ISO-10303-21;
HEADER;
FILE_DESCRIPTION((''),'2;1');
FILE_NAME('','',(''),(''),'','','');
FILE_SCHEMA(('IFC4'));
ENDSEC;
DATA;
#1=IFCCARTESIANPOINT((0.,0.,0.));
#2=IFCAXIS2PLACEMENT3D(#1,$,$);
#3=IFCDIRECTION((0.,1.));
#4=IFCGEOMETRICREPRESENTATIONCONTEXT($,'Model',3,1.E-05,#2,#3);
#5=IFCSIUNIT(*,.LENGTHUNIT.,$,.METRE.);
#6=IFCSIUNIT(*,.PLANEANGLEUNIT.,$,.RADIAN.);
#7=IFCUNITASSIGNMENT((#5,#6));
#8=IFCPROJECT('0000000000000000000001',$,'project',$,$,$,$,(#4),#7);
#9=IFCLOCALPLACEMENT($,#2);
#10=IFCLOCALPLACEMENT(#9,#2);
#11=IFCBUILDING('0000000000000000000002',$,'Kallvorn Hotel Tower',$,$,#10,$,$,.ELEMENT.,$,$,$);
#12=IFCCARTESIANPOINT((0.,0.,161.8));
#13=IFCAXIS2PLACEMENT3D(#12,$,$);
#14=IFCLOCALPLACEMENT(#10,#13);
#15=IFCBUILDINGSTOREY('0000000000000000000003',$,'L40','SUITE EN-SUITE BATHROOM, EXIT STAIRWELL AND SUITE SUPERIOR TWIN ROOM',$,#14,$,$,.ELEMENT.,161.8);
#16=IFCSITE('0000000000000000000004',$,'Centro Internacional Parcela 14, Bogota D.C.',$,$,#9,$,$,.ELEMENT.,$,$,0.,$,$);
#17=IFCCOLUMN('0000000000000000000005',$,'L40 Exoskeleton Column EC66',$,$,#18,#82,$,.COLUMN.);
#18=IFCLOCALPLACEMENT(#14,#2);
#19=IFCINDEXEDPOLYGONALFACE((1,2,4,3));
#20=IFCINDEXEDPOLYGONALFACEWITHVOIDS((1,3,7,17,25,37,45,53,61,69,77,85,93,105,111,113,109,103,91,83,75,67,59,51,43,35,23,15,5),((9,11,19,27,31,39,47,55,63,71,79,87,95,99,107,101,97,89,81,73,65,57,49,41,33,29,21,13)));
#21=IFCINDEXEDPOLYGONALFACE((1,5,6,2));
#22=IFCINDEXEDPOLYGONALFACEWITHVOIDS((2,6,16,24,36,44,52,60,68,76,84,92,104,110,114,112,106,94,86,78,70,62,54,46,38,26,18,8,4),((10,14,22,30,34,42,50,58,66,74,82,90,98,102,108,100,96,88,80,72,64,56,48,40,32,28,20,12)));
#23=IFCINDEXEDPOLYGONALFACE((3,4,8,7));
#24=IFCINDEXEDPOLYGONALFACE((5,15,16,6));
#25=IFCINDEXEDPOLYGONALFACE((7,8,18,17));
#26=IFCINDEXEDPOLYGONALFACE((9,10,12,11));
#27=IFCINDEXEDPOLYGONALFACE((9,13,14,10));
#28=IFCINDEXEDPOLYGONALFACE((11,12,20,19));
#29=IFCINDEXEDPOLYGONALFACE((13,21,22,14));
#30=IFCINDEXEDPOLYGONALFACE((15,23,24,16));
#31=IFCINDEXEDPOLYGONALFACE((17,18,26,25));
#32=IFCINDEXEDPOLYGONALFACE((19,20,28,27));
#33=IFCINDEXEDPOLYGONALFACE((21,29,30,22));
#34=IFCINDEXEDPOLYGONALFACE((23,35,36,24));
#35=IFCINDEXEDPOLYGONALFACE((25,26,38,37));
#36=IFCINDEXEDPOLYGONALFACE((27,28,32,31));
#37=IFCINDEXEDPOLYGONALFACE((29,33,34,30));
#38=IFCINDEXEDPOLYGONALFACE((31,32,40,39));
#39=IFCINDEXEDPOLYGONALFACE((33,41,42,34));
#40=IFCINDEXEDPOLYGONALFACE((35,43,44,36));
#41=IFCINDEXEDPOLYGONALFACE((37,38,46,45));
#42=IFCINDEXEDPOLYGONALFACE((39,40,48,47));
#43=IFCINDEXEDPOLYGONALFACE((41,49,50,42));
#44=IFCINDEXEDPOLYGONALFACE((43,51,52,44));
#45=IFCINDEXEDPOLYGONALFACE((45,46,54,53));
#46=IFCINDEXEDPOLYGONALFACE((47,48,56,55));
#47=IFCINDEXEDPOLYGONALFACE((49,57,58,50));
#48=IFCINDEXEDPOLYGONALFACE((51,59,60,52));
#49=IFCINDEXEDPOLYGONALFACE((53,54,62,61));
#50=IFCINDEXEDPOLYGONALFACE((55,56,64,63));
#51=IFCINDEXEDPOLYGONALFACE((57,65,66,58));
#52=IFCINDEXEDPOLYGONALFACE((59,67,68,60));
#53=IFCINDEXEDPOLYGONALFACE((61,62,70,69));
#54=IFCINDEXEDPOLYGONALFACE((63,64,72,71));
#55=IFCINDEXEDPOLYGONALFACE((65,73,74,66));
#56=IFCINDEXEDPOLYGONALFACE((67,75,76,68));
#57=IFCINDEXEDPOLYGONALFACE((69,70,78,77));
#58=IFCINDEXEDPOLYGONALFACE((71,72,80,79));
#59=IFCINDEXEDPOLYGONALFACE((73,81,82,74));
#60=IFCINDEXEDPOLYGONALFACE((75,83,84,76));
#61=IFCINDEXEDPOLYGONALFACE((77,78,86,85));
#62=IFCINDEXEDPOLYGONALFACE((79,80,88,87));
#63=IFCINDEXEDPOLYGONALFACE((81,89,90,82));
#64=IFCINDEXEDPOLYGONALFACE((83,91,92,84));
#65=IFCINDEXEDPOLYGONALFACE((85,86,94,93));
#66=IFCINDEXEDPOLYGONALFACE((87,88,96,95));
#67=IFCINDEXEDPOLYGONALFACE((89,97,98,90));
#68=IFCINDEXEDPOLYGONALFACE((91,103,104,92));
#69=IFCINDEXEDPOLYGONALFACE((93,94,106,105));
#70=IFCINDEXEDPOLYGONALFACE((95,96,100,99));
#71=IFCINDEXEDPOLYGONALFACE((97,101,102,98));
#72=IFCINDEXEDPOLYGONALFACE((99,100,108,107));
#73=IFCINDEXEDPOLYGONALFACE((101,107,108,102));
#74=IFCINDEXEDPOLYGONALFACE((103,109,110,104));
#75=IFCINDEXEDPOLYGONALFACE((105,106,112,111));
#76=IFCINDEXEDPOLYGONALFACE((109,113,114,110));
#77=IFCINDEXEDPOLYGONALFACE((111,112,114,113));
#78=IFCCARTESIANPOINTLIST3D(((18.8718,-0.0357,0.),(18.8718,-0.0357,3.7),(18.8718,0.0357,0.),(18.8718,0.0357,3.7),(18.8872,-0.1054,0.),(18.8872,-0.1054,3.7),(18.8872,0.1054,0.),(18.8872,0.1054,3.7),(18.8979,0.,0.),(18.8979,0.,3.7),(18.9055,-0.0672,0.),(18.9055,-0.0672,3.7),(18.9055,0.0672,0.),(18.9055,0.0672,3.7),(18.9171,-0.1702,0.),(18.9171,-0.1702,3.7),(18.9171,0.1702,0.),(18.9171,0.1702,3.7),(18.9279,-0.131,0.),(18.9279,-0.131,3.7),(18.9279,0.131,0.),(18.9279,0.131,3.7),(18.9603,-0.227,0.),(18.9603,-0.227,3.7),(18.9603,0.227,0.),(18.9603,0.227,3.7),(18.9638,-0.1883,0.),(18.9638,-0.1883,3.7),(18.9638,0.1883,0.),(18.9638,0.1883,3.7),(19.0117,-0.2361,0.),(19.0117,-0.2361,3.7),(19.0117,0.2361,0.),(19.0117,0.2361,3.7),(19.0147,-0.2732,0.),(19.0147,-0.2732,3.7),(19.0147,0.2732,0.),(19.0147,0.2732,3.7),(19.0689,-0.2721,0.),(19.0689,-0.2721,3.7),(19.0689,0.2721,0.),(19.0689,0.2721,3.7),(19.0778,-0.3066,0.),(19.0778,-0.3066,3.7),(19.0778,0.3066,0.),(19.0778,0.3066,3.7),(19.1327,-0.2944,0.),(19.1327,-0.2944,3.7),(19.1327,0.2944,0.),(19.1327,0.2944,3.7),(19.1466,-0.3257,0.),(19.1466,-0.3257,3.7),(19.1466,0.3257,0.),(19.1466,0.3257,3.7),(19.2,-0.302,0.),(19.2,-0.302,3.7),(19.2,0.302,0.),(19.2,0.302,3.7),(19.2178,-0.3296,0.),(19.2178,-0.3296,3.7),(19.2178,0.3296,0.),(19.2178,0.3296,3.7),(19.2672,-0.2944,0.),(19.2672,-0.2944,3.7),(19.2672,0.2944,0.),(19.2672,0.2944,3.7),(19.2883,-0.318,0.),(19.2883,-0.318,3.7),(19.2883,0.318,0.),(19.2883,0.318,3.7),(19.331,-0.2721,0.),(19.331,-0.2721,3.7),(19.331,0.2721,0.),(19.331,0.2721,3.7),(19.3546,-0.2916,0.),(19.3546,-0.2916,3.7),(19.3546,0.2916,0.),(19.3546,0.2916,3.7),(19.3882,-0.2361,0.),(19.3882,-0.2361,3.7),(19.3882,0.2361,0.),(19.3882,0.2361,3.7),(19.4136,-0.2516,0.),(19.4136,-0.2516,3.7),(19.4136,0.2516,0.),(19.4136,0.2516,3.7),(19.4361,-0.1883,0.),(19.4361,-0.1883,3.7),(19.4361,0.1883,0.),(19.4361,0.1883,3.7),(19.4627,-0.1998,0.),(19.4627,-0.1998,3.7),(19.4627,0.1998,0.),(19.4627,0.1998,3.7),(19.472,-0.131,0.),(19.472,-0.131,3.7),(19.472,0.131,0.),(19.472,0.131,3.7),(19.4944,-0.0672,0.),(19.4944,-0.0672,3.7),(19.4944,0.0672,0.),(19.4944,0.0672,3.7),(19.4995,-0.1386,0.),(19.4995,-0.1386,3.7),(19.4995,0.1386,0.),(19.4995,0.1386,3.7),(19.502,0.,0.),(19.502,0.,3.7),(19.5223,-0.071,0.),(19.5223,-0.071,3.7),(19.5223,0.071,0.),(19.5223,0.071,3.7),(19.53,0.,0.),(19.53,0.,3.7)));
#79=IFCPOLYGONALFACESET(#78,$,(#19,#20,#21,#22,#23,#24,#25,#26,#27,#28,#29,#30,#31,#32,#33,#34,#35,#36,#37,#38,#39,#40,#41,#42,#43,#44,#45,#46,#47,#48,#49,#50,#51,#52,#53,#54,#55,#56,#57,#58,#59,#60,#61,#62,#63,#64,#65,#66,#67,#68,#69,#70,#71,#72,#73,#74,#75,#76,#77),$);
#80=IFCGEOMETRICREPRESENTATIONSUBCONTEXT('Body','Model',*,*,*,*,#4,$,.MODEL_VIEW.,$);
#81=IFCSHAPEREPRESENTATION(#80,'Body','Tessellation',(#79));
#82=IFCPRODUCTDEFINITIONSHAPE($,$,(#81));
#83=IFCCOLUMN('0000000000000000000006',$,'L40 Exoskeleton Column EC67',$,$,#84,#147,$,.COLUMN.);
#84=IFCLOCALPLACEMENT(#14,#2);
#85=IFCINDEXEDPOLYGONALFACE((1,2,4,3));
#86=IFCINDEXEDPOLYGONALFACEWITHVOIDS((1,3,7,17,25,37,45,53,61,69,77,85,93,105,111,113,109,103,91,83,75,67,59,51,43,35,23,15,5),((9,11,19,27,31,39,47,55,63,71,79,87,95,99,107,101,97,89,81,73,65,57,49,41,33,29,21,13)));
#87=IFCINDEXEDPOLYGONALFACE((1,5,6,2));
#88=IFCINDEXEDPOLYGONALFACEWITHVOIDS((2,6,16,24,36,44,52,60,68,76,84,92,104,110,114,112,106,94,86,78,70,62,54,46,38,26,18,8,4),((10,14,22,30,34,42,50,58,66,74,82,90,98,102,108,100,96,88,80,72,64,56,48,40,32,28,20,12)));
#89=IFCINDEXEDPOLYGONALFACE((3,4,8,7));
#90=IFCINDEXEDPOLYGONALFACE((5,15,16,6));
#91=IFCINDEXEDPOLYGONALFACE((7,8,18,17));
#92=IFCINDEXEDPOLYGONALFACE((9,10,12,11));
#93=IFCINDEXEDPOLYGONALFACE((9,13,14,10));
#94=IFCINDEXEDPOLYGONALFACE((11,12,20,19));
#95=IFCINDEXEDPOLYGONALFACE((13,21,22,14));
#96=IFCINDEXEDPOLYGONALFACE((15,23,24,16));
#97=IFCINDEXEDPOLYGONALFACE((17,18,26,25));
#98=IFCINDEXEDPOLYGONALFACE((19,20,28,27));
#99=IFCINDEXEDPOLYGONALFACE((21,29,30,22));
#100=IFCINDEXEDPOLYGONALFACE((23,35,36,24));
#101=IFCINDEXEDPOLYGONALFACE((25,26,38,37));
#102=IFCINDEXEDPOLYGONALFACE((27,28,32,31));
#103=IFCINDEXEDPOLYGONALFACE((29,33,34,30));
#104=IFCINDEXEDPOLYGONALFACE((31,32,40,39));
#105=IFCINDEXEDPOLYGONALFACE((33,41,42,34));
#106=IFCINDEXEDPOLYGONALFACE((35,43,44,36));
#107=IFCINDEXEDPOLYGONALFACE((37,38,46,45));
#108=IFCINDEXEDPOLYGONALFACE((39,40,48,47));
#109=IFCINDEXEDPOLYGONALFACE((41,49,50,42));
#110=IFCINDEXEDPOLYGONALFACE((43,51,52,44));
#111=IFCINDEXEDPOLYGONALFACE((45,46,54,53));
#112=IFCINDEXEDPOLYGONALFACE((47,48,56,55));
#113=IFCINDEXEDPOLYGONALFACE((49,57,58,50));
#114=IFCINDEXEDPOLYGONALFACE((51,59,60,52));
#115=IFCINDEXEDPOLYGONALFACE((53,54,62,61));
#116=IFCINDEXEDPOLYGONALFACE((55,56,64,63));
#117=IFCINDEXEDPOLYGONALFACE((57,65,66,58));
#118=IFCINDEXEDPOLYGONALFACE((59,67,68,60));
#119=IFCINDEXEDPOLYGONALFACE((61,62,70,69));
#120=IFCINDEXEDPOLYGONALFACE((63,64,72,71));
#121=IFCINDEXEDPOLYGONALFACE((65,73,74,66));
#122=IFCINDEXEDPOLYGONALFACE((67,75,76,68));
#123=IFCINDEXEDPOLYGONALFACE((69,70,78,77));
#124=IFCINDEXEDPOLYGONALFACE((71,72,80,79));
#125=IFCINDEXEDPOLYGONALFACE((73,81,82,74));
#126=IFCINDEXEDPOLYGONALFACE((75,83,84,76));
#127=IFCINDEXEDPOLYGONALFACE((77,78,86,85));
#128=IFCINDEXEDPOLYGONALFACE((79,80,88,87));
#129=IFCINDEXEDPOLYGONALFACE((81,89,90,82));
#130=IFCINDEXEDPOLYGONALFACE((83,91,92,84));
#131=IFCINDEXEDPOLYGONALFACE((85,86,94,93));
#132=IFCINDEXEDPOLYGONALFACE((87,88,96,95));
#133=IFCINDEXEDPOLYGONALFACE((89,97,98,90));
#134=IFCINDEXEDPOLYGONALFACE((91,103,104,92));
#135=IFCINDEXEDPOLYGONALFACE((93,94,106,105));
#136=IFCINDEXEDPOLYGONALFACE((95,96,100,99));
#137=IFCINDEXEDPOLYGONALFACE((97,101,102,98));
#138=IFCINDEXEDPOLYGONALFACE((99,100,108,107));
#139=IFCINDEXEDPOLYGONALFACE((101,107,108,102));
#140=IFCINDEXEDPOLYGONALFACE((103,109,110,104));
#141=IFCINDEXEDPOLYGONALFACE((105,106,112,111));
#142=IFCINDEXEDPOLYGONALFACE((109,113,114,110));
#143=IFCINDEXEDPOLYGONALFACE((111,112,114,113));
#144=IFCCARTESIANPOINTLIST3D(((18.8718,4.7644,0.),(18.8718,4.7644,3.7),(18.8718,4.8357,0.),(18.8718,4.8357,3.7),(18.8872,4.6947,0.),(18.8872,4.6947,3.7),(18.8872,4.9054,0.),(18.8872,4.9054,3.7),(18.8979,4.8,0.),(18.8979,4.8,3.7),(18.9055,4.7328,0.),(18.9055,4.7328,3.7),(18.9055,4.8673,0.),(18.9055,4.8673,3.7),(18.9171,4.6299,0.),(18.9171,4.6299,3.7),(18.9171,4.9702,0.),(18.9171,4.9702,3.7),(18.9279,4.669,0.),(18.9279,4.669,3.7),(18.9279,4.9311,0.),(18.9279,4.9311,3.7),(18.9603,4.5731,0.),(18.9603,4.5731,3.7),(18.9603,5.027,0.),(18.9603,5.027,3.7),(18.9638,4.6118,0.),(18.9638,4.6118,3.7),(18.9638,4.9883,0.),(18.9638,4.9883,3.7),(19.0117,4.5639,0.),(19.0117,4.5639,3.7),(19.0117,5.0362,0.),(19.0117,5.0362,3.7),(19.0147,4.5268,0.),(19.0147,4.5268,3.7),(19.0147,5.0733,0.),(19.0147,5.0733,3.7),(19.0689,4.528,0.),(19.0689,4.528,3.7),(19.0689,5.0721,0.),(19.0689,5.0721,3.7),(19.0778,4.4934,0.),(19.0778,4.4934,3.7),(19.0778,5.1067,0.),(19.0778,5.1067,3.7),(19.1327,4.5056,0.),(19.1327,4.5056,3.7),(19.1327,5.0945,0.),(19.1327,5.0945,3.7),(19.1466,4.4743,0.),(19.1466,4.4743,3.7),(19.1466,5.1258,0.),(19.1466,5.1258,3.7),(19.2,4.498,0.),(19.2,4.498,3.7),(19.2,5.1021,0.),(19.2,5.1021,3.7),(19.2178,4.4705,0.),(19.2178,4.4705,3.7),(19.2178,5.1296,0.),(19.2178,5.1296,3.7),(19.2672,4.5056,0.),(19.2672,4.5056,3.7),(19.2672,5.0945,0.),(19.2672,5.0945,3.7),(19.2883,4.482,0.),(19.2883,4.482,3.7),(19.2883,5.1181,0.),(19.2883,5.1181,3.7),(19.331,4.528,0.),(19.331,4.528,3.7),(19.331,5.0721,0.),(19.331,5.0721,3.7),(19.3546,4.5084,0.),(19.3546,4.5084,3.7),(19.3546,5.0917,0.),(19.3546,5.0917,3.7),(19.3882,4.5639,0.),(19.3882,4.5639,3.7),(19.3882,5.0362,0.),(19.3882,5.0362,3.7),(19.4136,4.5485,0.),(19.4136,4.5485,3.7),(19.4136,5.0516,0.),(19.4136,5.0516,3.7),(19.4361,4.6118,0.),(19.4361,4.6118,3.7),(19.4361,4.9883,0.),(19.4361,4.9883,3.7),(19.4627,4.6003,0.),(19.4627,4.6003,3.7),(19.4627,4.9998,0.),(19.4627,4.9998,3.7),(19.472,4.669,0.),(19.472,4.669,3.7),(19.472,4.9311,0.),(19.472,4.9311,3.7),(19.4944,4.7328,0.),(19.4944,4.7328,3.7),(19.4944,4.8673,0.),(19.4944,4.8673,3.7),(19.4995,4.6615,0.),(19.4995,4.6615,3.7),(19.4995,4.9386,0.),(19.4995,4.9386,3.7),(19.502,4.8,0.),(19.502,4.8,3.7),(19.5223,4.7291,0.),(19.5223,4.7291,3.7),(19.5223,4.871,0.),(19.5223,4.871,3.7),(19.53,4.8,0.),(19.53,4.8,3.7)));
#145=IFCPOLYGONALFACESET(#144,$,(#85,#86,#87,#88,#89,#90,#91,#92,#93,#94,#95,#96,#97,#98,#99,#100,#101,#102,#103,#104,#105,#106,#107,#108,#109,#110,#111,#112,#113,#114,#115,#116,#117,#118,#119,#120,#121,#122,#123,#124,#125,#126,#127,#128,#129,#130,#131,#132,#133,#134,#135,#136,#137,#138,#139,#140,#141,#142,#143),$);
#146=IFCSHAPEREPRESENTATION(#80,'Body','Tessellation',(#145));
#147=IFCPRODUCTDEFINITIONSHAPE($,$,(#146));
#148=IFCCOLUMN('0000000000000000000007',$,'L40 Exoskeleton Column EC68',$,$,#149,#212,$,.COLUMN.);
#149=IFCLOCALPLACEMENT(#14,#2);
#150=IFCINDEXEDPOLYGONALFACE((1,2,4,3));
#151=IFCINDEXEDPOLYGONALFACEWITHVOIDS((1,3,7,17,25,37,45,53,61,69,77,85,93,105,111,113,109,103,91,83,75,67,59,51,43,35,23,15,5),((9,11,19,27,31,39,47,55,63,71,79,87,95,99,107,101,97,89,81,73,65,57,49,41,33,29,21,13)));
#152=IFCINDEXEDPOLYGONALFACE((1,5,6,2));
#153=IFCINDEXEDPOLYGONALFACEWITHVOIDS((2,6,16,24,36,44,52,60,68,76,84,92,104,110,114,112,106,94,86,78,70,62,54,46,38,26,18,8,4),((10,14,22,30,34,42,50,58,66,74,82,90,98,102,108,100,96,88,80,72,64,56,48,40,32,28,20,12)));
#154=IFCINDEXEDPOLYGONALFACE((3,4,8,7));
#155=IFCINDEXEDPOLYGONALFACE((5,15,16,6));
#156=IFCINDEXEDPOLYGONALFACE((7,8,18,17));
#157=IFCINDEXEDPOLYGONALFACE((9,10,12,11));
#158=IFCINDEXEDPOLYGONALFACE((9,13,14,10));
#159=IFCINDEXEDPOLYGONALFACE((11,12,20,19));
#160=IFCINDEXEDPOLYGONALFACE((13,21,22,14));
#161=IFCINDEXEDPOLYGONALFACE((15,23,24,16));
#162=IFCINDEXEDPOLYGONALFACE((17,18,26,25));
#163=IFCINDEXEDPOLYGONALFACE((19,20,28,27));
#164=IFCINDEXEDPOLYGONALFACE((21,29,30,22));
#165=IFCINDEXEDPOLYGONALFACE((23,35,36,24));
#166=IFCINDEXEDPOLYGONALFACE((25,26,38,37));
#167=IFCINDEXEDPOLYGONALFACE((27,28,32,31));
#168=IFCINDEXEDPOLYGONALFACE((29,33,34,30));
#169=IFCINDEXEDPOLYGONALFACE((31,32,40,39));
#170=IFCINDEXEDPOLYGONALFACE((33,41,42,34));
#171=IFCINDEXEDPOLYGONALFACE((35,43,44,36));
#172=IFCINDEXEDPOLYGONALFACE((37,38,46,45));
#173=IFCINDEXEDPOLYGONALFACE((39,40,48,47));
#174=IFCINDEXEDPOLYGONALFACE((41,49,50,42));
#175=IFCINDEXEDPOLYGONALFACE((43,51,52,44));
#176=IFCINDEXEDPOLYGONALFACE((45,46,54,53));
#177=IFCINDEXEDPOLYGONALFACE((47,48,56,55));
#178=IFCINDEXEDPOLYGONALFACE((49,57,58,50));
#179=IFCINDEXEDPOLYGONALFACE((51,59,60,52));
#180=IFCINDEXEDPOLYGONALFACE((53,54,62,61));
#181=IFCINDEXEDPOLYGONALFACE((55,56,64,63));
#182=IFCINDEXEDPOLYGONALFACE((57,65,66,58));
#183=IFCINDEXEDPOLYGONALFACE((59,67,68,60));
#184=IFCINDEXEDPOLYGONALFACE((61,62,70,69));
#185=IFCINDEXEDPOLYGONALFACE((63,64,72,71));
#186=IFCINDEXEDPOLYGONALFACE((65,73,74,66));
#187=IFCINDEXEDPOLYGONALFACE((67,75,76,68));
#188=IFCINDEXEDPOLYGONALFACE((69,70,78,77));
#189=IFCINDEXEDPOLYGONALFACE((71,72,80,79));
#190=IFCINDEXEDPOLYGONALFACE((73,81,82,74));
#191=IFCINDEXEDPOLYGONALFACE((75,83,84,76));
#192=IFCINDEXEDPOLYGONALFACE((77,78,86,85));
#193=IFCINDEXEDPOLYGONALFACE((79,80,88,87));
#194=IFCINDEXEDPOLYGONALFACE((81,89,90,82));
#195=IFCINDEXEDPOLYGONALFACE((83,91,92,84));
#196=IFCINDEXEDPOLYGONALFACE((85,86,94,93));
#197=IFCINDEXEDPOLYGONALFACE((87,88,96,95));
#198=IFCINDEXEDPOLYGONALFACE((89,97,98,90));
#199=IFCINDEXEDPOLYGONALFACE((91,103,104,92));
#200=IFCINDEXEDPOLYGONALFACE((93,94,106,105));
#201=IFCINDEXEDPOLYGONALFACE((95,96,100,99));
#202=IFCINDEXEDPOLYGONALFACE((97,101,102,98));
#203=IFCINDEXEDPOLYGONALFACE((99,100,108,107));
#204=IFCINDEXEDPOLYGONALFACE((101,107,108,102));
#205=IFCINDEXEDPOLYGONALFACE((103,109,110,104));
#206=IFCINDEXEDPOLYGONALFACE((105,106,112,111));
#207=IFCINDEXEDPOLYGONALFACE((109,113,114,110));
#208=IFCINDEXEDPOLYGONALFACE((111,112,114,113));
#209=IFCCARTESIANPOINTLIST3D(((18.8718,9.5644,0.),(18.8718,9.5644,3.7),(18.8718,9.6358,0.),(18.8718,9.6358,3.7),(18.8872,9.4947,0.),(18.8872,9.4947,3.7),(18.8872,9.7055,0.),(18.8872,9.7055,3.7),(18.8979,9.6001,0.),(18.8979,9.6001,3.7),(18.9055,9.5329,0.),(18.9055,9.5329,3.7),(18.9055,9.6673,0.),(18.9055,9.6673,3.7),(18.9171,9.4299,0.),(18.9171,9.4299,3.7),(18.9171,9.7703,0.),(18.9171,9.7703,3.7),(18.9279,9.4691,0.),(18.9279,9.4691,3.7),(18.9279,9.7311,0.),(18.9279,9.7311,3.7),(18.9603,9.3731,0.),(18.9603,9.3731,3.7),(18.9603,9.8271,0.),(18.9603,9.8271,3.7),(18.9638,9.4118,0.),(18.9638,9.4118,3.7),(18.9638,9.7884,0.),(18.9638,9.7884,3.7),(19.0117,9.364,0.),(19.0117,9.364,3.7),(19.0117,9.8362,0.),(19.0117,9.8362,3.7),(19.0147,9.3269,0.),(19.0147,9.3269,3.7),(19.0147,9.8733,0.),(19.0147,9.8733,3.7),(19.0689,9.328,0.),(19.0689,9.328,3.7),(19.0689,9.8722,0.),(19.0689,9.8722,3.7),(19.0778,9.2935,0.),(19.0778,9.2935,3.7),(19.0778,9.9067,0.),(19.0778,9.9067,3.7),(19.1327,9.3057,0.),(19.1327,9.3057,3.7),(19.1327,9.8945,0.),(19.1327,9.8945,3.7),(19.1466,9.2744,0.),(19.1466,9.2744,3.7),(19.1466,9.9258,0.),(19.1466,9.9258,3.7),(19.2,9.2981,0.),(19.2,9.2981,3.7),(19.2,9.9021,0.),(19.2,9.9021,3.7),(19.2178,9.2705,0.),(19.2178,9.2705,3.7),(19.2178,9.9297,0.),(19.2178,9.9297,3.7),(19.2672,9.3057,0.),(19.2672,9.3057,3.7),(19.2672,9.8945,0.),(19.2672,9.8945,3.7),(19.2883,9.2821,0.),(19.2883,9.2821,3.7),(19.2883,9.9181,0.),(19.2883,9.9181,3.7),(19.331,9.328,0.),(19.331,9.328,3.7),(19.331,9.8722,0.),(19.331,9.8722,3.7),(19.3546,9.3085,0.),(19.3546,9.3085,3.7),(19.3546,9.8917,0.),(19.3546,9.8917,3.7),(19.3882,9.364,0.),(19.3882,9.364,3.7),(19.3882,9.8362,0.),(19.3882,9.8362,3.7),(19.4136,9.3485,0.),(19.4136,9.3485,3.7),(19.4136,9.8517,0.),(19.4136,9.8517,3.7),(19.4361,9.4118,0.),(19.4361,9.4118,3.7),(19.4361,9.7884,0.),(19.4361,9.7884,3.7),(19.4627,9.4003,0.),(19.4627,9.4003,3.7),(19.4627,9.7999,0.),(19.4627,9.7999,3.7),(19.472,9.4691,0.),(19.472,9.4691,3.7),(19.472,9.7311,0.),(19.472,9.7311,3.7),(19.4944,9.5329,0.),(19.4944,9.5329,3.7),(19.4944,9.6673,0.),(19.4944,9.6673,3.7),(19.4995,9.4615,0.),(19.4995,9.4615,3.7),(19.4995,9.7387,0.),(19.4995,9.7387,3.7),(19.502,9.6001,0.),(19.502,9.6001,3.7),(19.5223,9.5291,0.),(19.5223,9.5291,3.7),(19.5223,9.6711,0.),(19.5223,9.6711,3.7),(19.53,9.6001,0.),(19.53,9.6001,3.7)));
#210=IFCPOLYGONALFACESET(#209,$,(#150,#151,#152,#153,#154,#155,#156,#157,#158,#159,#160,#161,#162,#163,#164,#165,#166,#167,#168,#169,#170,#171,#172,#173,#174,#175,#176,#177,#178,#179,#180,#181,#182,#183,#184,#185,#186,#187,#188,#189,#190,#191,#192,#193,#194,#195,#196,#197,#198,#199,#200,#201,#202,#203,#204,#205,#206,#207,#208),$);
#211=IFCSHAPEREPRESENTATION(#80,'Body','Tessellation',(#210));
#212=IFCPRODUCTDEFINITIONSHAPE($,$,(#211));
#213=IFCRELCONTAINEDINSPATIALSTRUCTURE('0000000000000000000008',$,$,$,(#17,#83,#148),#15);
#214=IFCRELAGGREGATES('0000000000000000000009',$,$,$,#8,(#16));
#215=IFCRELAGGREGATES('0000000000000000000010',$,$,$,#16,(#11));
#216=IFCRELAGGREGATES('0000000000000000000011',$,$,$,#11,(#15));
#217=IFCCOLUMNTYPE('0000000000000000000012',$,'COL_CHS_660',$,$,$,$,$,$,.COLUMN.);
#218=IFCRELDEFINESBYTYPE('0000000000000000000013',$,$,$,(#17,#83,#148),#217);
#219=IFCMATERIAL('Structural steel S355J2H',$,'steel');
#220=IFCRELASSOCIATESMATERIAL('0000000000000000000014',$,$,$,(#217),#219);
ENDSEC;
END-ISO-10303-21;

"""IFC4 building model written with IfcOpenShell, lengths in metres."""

from ifc_helpers import new_model, si_unit, direction, frame, origin, origin_2d, place, context, subcontext, project, spatial, hollow_circle, extrude, material, material_profile, profile_set, type_object, element, save


model = new_model("IFC4")

# Units and contexts
model_context = context("Model", 3, precision=1e-05, world=origin(), true_north=direction((0.0, 1.0)))
body_context = subcontext(model_context, "Body", "Model", "MODEL_VIEW")
ifc_project = project(units=[si_unit("LENGTHUNIT", "METRE"), si_unit("PLANEANGLEUNIT", "RADIAN")], contexts=[model_context])

# Site, building, storey
site_placement = place(None, origin())
site = spatial("IfcSite", under=ifc_project, at=site_placement, Name="Centro Internacional Parcela 14, Bogota D.C.", CompositionType="ELEMENT", RefElevation=0.0)
building_placement = place(site_placement, origin())
building = spatial("IfcBuilding", under=site, at=building_placement, Name="Kallvorn Hotel Tower", CompositionType="ELEMENT")
storey_placement = place(building_placement, frame((0.0, 0.0, 161.8)))
storey = spatial("IfcBuildingStorey", under=building, at=storey_placement, Name="L40", Description="SUITE EN-SUITE BATHROOM, EXIT STAIRWELL AND SUITE SUPERIOR TWIN ROOM", CompositionType="ELEMENT", Elevation=161.8)

# Columns
ifc_material_1 = material(Name="Structural steel S355J2H", Category="steel")
ifc_material_profile_1 = material_profile(ifc_material_1, hollow_circle(Radius=0.3301, WallThickness=0.0281, at=origin_2d()), Name="CHS 660x28")
ifc_profile_set_1 = profile_set([ifc_material_profile_1], Name="Structural steel S355J2H")
column_type_1 = type_object("IfcColumnType", Name="COL_CHS_660", PredefinedType="COLUMN", material=ifc_profile_set_1)
for number, where, z_axis, x_axis, name in (
    (1, (19.2, 0.0, 0.0), (0.0, 0.0, 1.0), (1.0, 0.0, 0.0), "L40 Exoskeleton Column EC66"),
    (2, (19.2, 4.8, 0.0), (0.0, 0.0, 1.0), (1.0, 0.0, 0.0), "L40 Exoskeleton Column EC67"),
    (3, (19.2, 9.6001, 0.0), (0.0, 0.0, 1.0), (1.0, 0.0, 0.0), "L40 Exoskeleton Column EC68"),
):
    element("IfcColumn", number, at=place(storey_placement, frame(where, z_axis=z_axis, x_axis=x_axis)), inside=storey, type_object=column_type_1, Name=name, PredefinedType="COLUMN", context=body_context, shape_type="SweptSolid", body=[
        extrude(hollow_circle(Radius=0.3301, WallThickness=0.0281, at=origin_2d()), origin(), (0.0, 0.0, 1.0), 3.7),
    ])

save(model, "model.ifc")
